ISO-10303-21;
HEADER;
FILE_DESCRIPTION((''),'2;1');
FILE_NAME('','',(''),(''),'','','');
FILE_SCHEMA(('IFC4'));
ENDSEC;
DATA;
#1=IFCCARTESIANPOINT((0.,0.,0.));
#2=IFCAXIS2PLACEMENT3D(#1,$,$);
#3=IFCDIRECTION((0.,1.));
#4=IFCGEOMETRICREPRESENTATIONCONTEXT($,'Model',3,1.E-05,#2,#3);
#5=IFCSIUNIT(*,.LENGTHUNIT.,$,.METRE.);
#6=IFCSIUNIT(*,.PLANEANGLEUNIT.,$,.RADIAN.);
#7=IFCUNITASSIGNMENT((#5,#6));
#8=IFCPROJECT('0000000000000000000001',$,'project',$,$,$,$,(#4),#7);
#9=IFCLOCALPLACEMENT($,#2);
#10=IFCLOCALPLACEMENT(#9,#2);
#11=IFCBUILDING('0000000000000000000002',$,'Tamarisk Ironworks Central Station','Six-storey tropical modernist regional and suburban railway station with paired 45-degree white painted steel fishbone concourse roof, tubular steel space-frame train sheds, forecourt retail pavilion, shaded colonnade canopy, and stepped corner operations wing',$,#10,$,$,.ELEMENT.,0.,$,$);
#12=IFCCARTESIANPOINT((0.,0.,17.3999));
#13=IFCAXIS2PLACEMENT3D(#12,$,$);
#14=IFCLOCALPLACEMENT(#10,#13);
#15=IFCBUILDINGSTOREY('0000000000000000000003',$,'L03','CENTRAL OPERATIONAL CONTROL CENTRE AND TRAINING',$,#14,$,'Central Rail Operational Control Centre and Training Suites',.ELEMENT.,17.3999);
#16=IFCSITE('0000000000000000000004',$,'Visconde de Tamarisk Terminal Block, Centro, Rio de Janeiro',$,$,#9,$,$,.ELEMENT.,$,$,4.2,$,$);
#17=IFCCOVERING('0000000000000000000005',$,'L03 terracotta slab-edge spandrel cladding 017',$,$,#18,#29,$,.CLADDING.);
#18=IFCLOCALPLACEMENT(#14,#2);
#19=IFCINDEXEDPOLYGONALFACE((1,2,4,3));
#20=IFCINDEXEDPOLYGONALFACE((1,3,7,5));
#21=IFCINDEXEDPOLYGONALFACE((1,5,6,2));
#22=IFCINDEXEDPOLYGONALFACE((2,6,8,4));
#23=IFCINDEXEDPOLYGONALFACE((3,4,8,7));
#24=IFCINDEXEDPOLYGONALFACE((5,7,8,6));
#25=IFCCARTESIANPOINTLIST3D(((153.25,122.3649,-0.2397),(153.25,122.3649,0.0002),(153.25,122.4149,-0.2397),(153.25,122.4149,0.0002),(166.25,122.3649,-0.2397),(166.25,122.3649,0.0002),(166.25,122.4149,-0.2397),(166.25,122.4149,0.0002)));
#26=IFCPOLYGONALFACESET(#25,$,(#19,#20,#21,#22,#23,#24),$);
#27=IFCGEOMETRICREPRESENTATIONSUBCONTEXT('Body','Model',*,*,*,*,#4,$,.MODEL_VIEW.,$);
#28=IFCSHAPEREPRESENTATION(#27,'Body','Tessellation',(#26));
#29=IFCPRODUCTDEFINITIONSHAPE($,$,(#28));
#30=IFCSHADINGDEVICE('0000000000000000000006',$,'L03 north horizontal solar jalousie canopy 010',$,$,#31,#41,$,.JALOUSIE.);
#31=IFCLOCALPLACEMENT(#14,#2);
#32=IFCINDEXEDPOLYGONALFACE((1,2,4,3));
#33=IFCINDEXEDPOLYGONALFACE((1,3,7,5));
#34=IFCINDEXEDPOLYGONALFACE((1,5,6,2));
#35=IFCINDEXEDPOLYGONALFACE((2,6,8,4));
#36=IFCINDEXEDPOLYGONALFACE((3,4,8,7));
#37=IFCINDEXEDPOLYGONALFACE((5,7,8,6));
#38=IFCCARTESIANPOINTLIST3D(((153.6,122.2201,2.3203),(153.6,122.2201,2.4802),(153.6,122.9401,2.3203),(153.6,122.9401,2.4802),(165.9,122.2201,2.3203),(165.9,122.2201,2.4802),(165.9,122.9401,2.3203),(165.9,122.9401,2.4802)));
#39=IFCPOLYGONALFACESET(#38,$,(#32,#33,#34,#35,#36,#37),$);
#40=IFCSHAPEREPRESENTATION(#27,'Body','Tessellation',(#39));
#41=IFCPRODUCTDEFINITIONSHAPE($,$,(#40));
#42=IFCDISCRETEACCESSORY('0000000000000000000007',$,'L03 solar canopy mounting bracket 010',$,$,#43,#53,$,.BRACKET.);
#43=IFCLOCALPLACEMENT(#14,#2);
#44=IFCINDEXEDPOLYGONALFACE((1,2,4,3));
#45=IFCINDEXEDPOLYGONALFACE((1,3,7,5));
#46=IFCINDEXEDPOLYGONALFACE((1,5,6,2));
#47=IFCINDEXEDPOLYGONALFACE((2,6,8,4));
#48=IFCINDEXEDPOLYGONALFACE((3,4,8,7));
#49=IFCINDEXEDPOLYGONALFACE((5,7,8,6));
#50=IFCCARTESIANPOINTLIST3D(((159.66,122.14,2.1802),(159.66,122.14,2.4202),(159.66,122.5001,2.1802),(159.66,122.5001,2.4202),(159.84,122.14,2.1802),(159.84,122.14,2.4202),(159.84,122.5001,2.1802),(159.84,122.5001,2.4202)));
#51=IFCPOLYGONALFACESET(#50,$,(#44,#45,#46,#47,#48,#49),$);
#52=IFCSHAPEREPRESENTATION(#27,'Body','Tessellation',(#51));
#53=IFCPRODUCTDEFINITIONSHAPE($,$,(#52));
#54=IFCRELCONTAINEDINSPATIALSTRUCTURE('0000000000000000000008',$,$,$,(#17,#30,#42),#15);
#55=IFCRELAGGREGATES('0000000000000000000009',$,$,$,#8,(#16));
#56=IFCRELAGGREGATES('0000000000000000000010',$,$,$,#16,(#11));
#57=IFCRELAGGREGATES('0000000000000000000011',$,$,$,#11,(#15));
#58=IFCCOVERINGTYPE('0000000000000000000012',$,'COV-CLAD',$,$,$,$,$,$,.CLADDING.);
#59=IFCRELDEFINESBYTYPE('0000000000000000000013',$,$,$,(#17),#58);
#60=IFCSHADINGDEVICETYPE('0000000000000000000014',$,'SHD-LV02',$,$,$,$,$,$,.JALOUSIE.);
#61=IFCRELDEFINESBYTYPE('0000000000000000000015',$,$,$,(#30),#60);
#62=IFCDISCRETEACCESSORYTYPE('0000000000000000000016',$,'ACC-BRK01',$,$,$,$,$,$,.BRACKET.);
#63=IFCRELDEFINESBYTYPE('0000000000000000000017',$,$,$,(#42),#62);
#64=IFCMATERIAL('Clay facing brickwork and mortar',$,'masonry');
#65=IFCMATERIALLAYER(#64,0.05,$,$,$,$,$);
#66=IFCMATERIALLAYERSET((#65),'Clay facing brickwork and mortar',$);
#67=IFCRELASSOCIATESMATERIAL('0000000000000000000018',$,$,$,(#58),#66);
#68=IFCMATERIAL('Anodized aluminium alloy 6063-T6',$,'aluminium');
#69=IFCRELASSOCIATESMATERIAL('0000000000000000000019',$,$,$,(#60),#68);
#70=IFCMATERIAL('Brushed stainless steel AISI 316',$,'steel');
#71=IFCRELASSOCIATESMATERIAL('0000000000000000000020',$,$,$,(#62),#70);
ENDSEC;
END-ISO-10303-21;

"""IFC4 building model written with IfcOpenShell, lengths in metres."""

from ifc_helpers import new_model, si_unit, direction, frame, origin, origin_2d, place, context, subcontext, project, spatial, rectangle, extrude, material, layer, layer_set, type_object, element, save


model = new_model("IFC4")

# Units and contexts
model_context = context("Model", 3, precision=1e-05, world=origin(), true_north=direction((0.0, 1.0)))
body_context = subcontext(model_context, "Body", "Model", "MODEL_VIEW")
ifc_project = project(units=[si_unit("LENGTHUNIT", "METRE"), si_unit("PLANEANGLEUNIT", "RADIAN")], contexts=[model_context])

# Site, building, storey
site_placement = place(None, origin())
site = spatial("IfcSite", under=ifc_project, at=site_placement, Name="Visconde de Tamarisk Terminal Block, Centro, Rio de Janeiro", CompositionType="ELEMENT", RefElevation=4.2)
building_placement = place(site_placement, origin())
building = spatial("IfcBuilding", under=site, at=building_placement, Name="Tamarisk Ironworks Central Station", Description="Six-storey tropical modernist regional and suburban railway station with paired 45-degree white painted steel fishbone concourse roof, tubular steel space-frame train sheds, forecourt retail pavilion, shaded colonnade canopy, and stepped corner operations wing", CompositionType="ELEMENT", ElevationOfRefHeight=0.0)
storey_placement = place(building_placement, frame((0.0, 0.0, 17.3999)))
storey = spatial("IfcBuildingStorey", under=building, at=storey_placement, Name="L03", Description="CENTRAL OPERATIONAL CONTROL CENTRE AND TRAINING", LongName="Central Rail Operational Control Centre and Training Suites", CompositionType="ELEMENT", Elevation=17.3999)

# Shared definitions
ifc_material_1 = material(Name="Anodized aluminium alloy 6063-T6", Category="aluminium")

# Covering
ifc_material_2 = material(Name="Clay facing brickwork and mortar", Category="masonry")
ifc_layer_1 = layer(ifc_material_2, 0.05)
ifc_layer_set_1 = layer_set([ifc_layer_1], Name="Clay facing brickwork and mortar")
covering_type = type_object("IfcCoveringType", Name="COV-CLAD", PredefinedType="CLADDING", material=ifc_layer_set_1)
covering_placement = place(storey_placement, frame((159.75, 122.3899, -0.2397), z_axis=(0.0, 0.0, 1.0), x_axis=(1.0, 0.0, 0.0)))
element("IfcCovering", 1, at=covering_placement, inside=storey, type_object=covering_type, Name="L03 terracotta slab-edge spandrel cladding 017", PredefinedType="CLADDING", context=body_context, shape_type="SweptSolid", body=[
    extrude(rectangle(XDim=13.0, YDim=0.05, at=origin_2d()), origin(), (0.0, 0.0, 1.0), 0.24),
])

# Shading device
shading_device_type = type_object("IfcShadingDeviceType", Name="SHD-LV02", PredefinedType="JALOUSIE", material=ifc_material_1)
shading_device_placement = place(storey_placement, frame((159.75, 122.5801, 2.3203), z_axis=(0.0, 0.0, 1.0), x_axis=(1.0, 0.0, 0.0)))
element("IfcShadingDevice", 2, at=shading_device_placement, inside=storey, type_object=shading_device_type, Name="L03 north horizontal solar jalousie canopy 010", PredefinedType="JALOUSIE", context=body_context, shape_type="SweptSolid", body=[
    extrude(rectangle(XDim=12.3, YDim=0.72, at=origin_2d()), origin(), (0.0, 0.0, 1.0), 0.1599),
])

# Discrete accessory
ifc_material_3 = material(Name="Brushed stainless steel AISI 316", Category="steel")
discrete_accessory_type = type_object("IfcDiscreteAccessoryType", Name="ACC-BRK01", PredefinedType="BRACKET", material=ifc_material_3)
discrete_accessory_placement = place(storey_placement, frame((159.75, 122.3201, 2.1802), z_axis=(0.0, 0.0, 1.0), x_axis=(1.0, 0.0, 0.0)))
element("IfcDiscreteAccessory", 3, at=discrete_accessory_placement, inside=storey, type_object=discrete_accessory_type, Name="L03 solar canopy mounting bracket 010", PredefinedType="BRACKET", context=body_context, shape_type="SweptSolid", body=[
    extrude(rectangle(XDim=0.1799, YDim=0.3601, at=origin_2d()), origin(), (0.0, 0.0, 1.0), 0.24),
])

save(model, "model.ifc")
